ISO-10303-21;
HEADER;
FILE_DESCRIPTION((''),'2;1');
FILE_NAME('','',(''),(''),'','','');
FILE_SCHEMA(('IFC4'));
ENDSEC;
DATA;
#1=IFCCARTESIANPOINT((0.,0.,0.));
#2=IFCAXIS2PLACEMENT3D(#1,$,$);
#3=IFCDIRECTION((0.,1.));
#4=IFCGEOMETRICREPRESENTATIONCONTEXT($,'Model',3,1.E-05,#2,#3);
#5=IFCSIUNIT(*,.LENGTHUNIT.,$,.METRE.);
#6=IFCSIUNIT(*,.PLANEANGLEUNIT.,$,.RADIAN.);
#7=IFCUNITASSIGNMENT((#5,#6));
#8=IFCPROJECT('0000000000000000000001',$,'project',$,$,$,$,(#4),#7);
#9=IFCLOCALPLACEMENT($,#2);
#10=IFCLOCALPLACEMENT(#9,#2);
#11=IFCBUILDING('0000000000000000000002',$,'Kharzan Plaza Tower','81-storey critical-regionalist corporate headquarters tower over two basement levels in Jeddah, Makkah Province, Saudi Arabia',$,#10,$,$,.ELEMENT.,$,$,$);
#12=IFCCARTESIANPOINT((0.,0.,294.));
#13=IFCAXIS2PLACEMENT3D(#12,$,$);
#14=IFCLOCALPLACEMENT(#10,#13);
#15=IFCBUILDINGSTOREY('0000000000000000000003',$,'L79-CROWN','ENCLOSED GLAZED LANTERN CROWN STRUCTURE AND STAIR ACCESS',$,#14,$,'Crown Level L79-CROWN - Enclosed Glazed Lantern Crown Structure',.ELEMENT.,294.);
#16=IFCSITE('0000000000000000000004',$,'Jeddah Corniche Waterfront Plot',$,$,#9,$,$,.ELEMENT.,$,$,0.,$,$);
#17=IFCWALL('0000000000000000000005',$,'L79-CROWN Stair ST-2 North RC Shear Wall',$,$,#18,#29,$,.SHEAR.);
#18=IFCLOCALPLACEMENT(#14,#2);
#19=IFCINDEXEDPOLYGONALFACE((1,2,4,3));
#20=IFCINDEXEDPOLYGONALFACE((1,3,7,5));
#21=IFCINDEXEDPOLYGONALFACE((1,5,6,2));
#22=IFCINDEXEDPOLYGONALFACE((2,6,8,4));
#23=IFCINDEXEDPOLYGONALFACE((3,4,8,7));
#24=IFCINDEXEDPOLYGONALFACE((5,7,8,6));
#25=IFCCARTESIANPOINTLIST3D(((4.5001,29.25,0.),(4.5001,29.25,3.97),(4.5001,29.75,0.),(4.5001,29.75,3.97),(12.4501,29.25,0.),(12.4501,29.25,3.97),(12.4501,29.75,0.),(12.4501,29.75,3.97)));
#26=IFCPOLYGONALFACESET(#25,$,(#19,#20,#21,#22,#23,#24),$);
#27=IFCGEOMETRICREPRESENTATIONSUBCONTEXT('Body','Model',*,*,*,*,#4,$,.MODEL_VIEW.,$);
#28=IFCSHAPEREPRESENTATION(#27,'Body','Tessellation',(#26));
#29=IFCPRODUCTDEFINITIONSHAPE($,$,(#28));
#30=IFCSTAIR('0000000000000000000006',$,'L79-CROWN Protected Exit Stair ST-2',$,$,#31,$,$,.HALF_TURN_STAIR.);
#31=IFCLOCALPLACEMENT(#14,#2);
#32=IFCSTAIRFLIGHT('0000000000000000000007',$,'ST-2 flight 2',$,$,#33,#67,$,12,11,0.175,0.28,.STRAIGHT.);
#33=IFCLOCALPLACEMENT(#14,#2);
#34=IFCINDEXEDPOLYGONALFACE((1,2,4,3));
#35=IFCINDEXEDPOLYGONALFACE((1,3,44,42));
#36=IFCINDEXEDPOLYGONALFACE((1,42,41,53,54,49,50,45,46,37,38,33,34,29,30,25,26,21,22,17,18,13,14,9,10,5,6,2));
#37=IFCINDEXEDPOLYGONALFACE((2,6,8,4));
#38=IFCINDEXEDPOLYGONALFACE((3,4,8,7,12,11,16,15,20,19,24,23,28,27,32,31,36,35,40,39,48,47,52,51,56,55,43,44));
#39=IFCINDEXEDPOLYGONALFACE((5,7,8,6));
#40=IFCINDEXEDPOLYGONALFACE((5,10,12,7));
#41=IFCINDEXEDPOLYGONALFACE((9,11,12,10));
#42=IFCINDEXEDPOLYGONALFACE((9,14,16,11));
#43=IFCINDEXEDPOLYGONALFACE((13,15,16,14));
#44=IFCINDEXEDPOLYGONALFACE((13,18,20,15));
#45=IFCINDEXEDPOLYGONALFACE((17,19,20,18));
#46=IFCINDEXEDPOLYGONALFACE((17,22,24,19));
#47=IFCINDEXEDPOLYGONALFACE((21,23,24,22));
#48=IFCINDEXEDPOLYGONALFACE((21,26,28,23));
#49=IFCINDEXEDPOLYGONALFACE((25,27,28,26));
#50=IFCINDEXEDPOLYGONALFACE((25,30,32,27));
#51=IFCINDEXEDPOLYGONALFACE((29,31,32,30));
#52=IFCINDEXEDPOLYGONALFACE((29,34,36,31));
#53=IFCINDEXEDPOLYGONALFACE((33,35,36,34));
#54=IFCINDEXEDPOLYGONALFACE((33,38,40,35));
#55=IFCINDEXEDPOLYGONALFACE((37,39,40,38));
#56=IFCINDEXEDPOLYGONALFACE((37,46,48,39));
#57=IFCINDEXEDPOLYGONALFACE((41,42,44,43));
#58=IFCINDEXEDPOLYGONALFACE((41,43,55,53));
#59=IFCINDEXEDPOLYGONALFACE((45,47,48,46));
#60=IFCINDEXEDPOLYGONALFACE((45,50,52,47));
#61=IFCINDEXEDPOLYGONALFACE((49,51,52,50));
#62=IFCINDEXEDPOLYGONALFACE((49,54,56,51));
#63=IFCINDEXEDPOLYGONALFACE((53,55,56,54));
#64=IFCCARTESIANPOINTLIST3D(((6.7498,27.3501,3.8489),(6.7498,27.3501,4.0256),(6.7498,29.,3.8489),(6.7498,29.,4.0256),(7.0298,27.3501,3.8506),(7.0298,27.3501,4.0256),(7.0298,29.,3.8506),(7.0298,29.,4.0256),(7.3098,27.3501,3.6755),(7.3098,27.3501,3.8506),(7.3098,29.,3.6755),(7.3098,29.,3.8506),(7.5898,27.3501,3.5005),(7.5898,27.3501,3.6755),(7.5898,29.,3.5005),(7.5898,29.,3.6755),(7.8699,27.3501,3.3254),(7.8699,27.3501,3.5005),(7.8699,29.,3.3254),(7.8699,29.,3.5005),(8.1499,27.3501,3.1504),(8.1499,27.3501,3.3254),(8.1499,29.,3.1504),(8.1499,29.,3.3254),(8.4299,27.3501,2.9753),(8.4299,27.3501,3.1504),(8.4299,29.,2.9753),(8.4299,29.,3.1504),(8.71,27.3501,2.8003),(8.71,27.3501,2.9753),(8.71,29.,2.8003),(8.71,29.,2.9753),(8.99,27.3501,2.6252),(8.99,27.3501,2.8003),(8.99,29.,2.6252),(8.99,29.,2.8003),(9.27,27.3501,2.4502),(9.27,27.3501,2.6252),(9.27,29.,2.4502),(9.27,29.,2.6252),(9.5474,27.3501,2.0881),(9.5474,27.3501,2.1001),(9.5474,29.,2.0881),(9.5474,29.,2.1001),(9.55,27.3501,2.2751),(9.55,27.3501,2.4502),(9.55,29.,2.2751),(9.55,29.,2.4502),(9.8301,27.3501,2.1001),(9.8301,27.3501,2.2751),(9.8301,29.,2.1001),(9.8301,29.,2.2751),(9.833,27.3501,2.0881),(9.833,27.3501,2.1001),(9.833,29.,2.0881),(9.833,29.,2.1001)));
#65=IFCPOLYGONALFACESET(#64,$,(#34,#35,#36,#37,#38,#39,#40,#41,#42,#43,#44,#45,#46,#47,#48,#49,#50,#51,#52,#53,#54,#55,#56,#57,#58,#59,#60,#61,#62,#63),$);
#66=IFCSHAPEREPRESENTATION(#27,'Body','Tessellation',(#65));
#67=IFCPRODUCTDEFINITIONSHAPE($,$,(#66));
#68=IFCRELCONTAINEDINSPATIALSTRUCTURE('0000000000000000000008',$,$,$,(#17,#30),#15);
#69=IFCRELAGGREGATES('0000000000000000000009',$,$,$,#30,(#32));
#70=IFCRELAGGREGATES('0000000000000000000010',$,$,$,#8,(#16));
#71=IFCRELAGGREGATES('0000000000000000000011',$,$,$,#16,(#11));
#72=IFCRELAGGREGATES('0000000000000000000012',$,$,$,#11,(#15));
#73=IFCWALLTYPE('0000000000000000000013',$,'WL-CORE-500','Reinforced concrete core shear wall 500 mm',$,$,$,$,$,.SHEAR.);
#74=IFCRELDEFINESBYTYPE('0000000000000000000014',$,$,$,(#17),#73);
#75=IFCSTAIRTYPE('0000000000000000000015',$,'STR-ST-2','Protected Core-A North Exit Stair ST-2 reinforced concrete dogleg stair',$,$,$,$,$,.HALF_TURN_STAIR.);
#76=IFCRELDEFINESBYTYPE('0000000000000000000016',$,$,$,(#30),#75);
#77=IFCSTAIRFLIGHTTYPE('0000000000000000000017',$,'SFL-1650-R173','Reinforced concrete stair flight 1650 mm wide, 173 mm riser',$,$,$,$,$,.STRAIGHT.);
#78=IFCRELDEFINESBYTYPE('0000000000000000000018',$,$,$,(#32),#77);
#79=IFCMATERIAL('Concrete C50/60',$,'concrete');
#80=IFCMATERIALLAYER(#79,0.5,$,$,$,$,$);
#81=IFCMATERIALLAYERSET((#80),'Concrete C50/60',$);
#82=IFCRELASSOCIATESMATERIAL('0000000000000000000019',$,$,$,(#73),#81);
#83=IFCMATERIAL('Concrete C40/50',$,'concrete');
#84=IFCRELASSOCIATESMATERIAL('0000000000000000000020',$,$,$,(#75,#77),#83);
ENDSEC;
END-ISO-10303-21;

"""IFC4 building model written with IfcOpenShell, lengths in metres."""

from ifc_helpers import new_model, si_unit, direction, frame, frame_2d, origin, place, context, subcontext, project, spatial, polyline, rectangle, outline, extrude, source, transform, mapped, material, layer, layer_set, type_object, element, aggregate, save


model = new_model("IFC4")

# Units and contexts
model_context = context("Model", 3, precision=1e-05, world=origin(), true_north=direction((0.0, 1.0)))
body_context = subcontext(model_context, "Body", "Model", "MODEL_VIEW")
ifc_project = project(units=[si_unit("LENGTHUNIT", "METRE"), si_unit("PLANEANGLEUNIT", "RADIAN")], contexts=[model_context])

# Site, building, storey
site_placement = place(None, origin())
site = spatial("IfcSite", under=ifc_project, at=site_placement, Name="Jeddah Corniche Waterfront Plot", CompositionType="ELEMENT", RefElevation=0.0)
building_placement = place(site_placement, origin())
building = spatial("IfcBuilding", under=site, at=building_placement, Name="Kharzan Plaza Tower", Description="81-storey critical-regionalist corporate headquarters tower over two basement levels in Jeddah, Makkah Province, Saudi Arabia", CompositionType="ELEMENT")
storey_placement = place(building_placement, frame((0.0, 0.0, 294.0)))
storey = spatial("IfcBuildingStorey", under=building, at=storey_placement, Name="L79-CROWN", Description="ENCLOSED GLAZED LANTERN CROWN STRUCTURE AND STAIR ACCESS", LongName="Crown Level L79-CROWN - Enclosed Glazed Lantern Crown Structure", CompositionType="ELEMENT", Elevation=294.0)

# Wall
ifc_material_1 = material(Name="Concrete C50/60", Category="concrete")
ifc_layer_1 = layer(ifc_material_1, 0.5)
ifc_layer_set_1 = layer_set([ifc_layer_1], Name="Concrete C50/60")
wall_type = type_object("IfcWallType", Name="WL-CORE-500", Description="Reinforced concrete core shear wall 500 mm", PredefinedType="SHEAR", material=ifc_layer_set_1)
shared_shape_1 = source(origin(), body_context, "Body", "SweptSolid", [
    extrude(rectangle(XDim=7.95, YDim=0.5, at=frame_2d((3.9751, 0.0))), origin(), (0.0, 0.0, 1.0), 3.97),
])
wall_placement = place(storey_placement, frame((4.5, 29.5, 0.0), z_axis=(0.0, 0.0, 1.0), x_axis=(1.0, 0.0, 0.0)))
element("IfcWall", 1, at=wall_placement, inside=storey, type_object=wall_type, Name="L79-CROWN Stair ST-2 North RC Shear Wall", PredefinedType="SHEAR", context=body_context, shape_type="MappedRepresentation", body=[
    mapped(shared_shape_1, transform((0.0, 0.0, 0.0), x_axis=(1.0, 0.0, 0.0), y_axis=(0.0, 1.0, 0.0), z_axis=(0.0, 0.0, 1.0))),
])

# Stair, stair flight
ifc_material_2 = material(Name="Concrete C40/50", Category="concrete")
stair_type = type_object("IfcStairType", Name="STR-ST-2", Description="Protected Core-A North Exit Stair ST-2 reinforced concrete dogleg stair", PredefinedType="HALF_TURN_STAIR", material=ifc_material_2)
stair_placement = place(storey_placement, origin())
stair = element("IfcStair", 2, at=stair_placement, inside=storey, type_object=stair_type, Name="L79-CROWN Protected Exit Stair ST-2", PredefinedType="HALF_TURN_STAIR")
stair_flight_type = type_object("IfcStairFlightType", Name="SFL-1650-R173", Description="Reinforced concrete stair flight 1650 mm wide, 173 mm riser", PredefinedType="STRAIGHT", material=ifc_material_2)
shared_shape_2 = source(origin(), body_context, "Body", "SweptSolid", [
    extrude(outline(polyline([(-0.0029, -0.012), (-0.0029, 0.0), (0.0, 0.0), (0.0, 0.175), (0.28, 0.175), (0.28, 0.3501), (0.5601, 0.3501), (0.5601, 0.5251), (0.8401, 0.5251), (0.8401, 0.7002), (1.1201, 0.7002), (1.1201, 0.8752), (1.4001, 0.8752), (1.4001, 1.0503), (1.6802, 1.0503), (1.6802, 1.2253), (1.9602, 1.2253), (1.9602, 1.4004), (2.2402, 1.4004), (2.2402, 1.5754), (2.5203, 1.5754), (2.5203, 1.7505), (2.8003, 1.7505), (2.8003, 1.9255), (3.0803, 1.9255), (3.0803, 2.1006), (3.0803, 1.7488), (0.2827, 0.0), (0.2827, -0.012), (-0.0029, -0.012)])), frame((0.0, 0.825, 0.0), z_axis=(0.0, -1.0, 0.0), x_axis=(1.0, 0.0, 0.0)), (0.0, 0.0, 1.0), 1.6499),
])
stair_flight_placement = place(storey_placement, frame((9.8301, 28.175, 2.1001), z_axis=(0.0, 0.0, 1.0), x_axis=(-1.0, 0.0, 0.0)))
stair_flight = element("IfcStairFlight", 3, at=stair_flight_placement, type_object=stair_flight_type, Name="ST-2 flight 2", NumberOfRisers=12, NumberOfTreads=11, PredefinedType="STRAIGHT", RiserHeight=0.175, TreadLength=0.28, context=body_context, shape_type="MappedRepresentation", body=[
    mapped(shared_shape_2, transform((0.0, 0.0, 0.0), x_axis=(1.0, 0.0, 0.0), y_axis=(0.0, 1.0, 0.0), z_axis=(0.0, 0.0, 1.0))),
])
aggregate(stair, [stair_flight])

save(model, "model.ifc")
